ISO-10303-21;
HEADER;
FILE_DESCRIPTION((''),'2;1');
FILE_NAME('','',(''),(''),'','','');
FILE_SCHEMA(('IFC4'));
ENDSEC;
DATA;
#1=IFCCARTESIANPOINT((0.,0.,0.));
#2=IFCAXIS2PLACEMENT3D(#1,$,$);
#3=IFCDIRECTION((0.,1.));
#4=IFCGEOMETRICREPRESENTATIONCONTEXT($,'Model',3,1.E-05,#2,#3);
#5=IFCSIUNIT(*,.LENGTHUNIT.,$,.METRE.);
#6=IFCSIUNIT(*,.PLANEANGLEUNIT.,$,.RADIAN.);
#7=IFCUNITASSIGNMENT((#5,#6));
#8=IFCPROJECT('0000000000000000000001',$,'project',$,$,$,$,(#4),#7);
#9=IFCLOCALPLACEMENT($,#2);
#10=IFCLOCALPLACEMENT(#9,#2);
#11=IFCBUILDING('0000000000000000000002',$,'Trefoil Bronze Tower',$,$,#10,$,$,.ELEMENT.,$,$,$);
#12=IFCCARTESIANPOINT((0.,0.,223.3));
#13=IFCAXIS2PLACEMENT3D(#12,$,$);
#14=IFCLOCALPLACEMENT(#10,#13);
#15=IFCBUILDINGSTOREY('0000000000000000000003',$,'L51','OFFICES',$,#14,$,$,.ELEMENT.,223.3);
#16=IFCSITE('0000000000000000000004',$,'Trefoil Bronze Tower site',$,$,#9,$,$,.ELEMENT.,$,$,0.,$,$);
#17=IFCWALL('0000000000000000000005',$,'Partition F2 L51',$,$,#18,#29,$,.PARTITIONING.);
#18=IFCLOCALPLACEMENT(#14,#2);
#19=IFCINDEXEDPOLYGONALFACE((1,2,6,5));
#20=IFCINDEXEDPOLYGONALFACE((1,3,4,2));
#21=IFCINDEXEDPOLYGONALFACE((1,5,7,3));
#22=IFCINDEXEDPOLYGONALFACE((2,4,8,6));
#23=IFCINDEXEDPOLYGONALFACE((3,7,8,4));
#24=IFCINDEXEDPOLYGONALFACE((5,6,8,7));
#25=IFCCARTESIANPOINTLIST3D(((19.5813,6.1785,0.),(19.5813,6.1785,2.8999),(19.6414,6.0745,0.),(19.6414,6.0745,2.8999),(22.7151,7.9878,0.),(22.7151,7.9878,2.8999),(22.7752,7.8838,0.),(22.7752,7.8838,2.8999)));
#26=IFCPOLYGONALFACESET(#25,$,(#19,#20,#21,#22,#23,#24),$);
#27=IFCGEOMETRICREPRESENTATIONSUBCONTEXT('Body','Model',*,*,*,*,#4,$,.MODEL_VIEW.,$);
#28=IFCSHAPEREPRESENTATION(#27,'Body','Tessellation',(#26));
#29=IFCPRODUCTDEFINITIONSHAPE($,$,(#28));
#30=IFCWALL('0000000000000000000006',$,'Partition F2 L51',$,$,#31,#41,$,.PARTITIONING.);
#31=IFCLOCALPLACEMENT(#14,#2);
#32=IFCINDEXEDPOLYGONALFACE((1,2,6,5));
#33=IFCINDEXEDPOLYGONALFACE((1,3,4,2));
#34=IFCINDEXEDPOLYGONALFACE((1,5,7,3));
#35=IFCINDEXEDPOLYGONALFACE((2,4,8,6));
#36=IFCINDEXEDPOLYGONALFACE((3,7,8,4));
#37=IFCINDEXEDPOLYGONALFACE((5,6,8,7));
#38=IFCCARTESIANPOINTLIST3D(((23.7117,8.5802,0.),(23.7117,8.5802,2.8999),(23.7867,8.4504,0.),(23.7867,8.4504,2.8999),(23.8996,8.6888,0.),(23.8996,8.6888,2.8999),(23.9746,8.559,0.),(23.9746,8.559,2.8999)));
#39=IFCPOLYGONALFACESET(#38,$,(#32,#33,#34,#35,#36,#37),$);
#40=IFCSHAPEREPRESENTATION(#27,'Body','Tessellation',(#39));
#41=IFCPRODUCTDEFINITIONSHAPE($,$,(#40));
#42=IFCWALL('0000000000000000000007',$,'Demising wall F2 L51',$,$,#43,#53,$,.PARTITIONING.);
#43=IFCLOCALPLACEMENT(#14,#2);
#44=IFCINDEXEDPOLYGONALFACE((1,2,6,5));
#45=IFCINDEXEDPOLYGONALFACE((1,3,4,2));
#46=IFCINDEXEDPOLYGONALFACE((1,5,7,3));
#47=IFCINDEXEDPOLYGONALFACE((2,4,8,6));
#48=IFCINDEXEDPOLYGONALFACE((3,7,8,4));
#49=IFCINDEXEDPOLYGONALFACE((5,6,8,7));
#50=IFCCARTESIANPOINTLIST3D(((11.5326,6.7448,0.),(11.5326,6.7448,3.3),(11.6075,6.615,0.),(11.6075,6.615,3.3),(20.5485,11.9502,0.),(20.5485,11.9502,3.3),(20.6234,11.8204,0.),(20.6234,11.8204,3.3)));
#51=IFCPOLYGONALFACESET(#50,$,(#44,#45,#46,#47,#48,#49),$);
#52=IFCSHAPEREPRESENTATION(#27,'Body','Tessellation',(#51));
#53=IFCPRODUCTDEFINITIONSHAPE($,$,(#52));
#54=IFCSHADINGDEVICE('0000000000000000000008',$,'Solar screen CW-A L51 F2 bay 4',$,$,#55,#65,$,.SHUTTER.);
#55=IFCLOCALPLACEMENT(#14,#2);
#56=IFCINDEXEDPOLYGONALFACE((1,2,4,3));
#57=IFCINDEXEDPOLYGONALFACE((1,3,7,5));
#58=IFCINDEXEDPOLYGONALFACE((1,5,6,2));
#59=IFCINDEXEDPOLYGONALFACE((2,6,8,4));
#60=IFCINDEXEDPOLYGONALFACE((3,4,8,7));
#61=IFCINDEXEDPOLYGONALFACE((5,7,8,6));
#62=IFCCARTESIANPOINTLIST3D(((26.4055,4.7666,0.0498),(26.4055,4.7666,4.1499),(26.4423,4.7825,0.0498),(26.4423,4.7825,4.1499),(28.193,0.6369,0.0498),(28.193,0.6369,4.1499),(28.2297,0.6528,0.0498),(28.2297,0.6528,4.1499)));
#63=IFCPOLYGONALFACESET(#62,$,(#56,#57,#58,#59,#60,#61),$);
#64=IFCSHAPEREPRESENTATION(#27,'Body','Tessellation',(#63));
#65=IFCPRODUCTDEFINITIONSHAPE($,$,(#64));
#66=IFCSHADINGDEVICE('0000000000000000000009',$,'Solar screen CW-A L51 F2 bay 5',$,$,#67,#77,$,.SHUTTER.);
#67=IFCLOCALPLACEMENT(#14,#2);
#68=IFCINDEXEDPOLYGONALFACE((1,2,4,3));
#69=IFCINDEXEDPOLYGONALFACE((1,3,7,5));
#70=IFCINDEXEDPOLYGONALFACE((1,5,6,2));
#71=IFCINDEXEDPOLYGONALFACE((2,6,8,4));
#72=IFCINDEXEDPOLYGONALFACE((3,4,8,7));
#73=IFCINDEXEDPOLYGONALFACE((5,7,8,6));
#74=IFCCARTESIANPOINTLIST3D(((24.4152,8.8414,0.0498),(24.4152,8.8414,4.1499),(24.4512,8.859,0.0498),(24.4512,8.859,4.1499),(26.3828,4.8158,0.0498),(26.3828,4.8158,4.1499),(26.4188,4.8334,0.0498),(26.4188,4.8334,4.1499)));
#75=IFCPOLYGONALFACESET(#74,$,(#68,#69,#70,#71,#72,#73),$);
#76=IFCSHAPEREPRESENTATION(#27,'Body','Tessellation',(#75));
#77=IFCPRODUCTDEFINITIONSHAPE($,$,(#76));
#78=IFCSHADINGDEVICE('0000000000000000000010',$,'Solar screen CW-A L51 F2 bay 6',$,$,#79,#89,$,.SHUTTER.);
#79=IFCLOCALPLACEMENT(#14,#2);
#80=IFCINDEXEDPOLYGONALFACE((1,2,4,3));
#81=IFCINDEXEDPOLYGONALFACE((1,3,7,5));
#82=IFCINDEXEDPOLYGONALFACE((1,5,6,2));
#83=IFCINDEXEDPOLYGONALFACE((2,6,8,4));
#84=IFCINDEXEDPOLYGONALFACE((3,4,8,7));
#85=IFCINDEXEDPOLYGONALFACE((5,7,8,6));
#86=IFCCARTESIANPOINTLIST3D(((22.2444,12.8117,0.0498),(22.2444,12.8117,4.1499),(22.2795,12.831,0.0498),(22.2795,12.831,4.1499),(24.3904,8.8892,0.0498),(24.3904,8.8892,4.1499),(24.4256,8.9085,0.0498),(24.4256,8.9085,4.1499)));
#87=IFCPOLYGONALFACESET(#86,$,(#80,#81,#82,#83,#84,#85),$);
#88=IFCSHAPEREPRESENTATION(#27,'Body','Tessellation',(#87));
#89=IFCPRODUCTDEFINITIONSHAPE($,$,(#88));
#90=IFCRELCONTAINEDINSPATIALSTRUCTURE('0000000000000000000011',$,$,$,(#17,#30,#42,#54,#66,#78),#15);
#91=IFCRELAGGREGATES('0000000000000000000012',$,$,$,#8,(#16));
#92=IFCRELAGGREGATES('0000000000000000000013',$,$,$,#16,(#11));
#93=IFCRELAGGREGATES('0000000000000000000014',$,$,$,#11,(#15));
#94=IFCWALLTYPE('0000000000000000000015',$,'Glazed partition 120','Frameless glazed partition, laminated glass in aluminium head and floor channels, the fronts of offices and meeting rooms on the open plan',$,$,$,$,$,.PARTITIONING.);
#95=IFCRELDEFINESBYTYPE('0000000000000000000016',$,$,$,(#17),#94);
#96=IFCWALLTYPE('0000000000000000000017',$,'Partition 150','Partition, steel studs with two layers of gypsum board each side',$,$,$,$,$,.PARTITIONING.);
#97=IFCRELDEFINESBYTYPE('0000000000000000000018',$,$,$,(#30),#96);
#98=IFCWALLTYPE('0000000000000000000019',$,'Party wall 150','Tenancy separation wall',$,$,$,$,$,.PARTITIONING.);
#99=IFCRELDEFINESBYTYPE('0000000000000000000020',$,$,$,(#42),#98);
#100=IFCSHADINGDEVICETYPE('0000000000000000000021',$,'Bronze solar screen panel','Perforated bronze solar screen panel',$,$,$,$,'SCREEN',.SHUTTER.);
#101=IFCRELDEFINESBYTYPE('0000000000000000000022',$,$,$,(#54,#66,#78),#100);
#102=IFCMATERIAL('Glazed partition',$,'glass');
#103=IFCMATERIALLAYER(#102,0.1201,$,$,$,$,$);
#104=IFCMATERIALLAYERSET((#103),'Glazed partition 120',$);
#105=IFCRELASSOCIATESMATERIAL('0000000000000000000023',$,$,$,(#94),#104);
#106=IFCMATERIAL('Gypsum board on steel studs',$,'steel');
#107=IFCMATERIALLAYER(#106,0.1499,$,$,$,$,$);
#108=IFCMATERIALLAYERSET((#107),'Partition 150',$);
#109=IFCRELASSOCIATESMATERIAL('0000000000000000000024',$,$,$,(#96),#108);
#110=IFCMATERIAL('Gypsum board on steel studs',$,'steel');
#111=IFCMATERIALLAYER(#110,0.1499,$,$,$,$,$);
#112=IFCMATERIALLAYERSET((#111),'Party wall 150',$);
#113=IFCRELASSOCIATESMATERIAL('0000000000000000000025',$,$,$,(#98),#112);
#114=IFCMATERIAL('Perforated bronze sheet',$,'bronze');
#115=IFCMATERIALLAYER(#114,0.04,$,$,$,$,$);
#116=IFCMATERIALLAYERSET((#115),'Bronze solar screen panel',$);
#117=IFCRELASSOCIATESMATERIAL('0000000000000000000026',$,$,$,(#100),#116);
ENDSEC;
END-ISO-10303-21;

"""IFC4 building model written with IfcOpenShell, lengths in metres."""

from ifc_helpers import new_model, si_unit, direction, frame, frame_2d, origin, origin_2d, place, context, subcontext, project, spatial, rectangle, extrude, material, layer, layer_set, type_object, element, save


model = new_model("IFC4")

# Units and contexts
model_context = context("Model", 3, precision=1e-05, world=origin(), true_north=direction((0.0, 1.0)))
body_context = subcontext(model_context, "Body", "Model", "MODEL_VIEW")
ifc_project = project(units=[si_unit("LENGTHUNIT", "METRE"), si_unit("PLANEANGLEUNIT", "RADIAN")], contexts=[model_context])

# Site, building, storey
site_placement = place(None, origin())
site = spatial("IfcSite", under=ifc_project, at=site_placement, Name="Trefoil Bronze Tower site", CompositionType="ELEMENT", RefElevation=0.0)
building_placement = place(site_placement, origin())
building = spatial("IfcBuilding", under=site, at=building_placement, Name="Trefoil Bronze Tower", CompositionType="ELEMENT")
storey_placement = place(building_placement, frame((0.0, 0.0, 223.3)))
storey = spatial("IfcBuildingStorey", under=building, at=storey_placement, Name="L51", Description="OFFICES", CompositionType="ELEMENT", Elevation=223.3)

# Shared definitions
ifc_material_1 = material(Name="Glazed partition", Category="glass")
ifc_layer_1 = layer(ifc_material_1, 0.1201)
ifc_layer_set_1 = layer_set([ifc_layer_1], Name="Glazed partition 120")
wall_type_1 = type_object("IfcWallType", Name="Glazed partition 120", Description="Frameless glazed partition, laminated glass in aluminium head and floor channels, the fronts of offices and meeting rooms on the open plan", PredefinedType="PARTITIONING", material=ifc_layer_set_1)

# Walls
wall_1_placement = place(storey_placement, frame((19.6113, 6.1265, 0.0), z_axis=(0.0, 0.0, 1.0), x_axis=(0.866022, 0.500007, 0.0)))
element("IfcWall", 1, at=wall_1_placement, inside=storey, type_object=wall_type_1, Name="Partition F2 L51", PredefinedType="PARTITIONING", context=body_context, shape_type="SweptSolid", body=[
    extrude(rectangle(XDim=3.6187, YDim=0.1201, at=frame_2d((1.8093, 0.0))), origin(), (0.0, 0.0, 1.0), 2.8999),
])
ifc_material_2 = material(Name="Gypsum board on steel studs", Category="steel")
ifc_layer_2 = layer(ifc_material_2, 0.1499)
ifc_layer_set_2 = layer_set([ifc_layer_2], Name="Partition 150")
wall_type_2 = type_object("IfcWallType", Name="Partition 150", Description="Partition, steel studs with two layers of gypsum board each side", PredefinedType="PARTITIONING", material=ifc_layer_set_2)
wall_2_placement = place(storey_placement, frame((23.7493, 8.5154, 0.0), z_axis=(0.0, 0.0, 1.0), x_axis=(0.865811, 0.500371, 0.0)))
element("IfcWall", 2, at=wall_2_placement, inside=storey, type_object=wall_type_2, Name="Partition F2 L51", PredefinedType="PARTITIONING", context=body_context, shape_type="SweptSolid", body=[
    extrude(rectangle(XDim=0.217, YDim=0.1499, at=frame_2d((0.1084, 0.0))), origin(), (0.0, 0.0, 1.0), 2.8999),
])
ifc_material_3 = material(Name="Gypsum board on steel studs", Category="steel")
ifc_layer_3 = layer(ifc_material_3, 0.1499)
ifc_layer_set_3 = layer_set([ifc_layer_3], Name="Party wall 150")
wall_type_3 = type_object("IfcWallType", Name="Party wall 150", Description="Tenancy separation wall", PredefinedType="PARTITIONING", material=ifc_layer_set_3)
wall_3_placement = place(storey_placement, frame((11.5701, 6.6799, 0.0), z_axis=(0.0, 0.0, 1.0), x_axis=(0.866025, 0.500001, 0.0)))
element("IfcWall", 3, at=wall_3_placement, inside=storey, type_object=wall_type_3, Name="Demising wall F2 L51", PredefinedType="PARTITIONING", context=body_context, shape_type="SweptSolid", body=[
    extrude(rectangle(XDim=10.4106, YDim=0.1499, at=frame_2d((5.2053, 0.0))), origin(), (0.0, 0.0, 1.0), 3.3),
])

# Shading devices
ifc_material_4 = material(Name="Perforated bronze sheet", Category="bronze")
ifc_layer_4 = layer(ifc_material_4, 0.04)
ifc_layer_set_4 = layer_set([ifc_layer_4], Name="Bronze solar screen panel")
shading_device_type = type_object("IfcShadingDeviceType", Name="Bronze solar screen panel", Description="Perforated bronze solar screen panel", ElementType="SCREEN", PredefinedType="SHUTTER", material=ifc_layer_set_4)
shading_device_1_placement = place(storey_placement, frame((27.3176, 2.7097, 0.0498), z_axis=(0.0, 0.0, 1.0), x_axis=(-0.39722, 0.917723, 0.0)))
element("IfcShadingDevice", 4, at=shading_device_1_placement, inside=storey, type_object=shading_device_type, Name="Solar screen CW-A L51 F2 bay 4", PredefinedType="SHUTTER", context=body_context, shape_type="SweptSolid", body=[
    extrude(rectangle(XDim=4.5, YDim=0.04, at=origin_2d()), origin(), (0.0, 0.0, 1.0), 4.1001),
])
shading_device_2_placement = place(storey_placement, frame((25.417, 6.8374, 0.0498), z_axis=(0.0, 0.0, 1.0), x_axis=(-0.439129, 0.898424, 0.0)))
element("IfcShadingDevice", 5, at=shading_device_2_placement, inside=storey, type_object=shading_device_type, Name="Solar screen CW-A L51 F2 bay 5", PredefinedType="SHUTTER", context=body_context, shape_type="SweptSolid", body=[
    extrude(rectangle(XDim=4.4807, YDim=0.04, at=origin_2d()), origin(), (0.0, 0.0, 1.0), 4.1001),
])
shading_device_3_placement = place(storey_placement, frame((23.335, 10.8601, 0.0498), z_axis=(0.0, 0.0, 1.0), x_axis=(-0.479974, 0.877283, 0.0)))
element("IfcShadingDevice", 6, at=shading_device_3_placement, inside=storey, type_object=shading_device_type, Name="Solar screen CW-A L51 F2 bay 6", PredefinedType="SHUTTER", context=body_context, shape_type="SweptSolid", body=[
    extrude(rectangle(XDim=4.4712, YDim=0.04, at=origin_2d()), origin(), (0.0, 0.0, 1.0), 4.1001),
])

save(model, "model.ifc")
